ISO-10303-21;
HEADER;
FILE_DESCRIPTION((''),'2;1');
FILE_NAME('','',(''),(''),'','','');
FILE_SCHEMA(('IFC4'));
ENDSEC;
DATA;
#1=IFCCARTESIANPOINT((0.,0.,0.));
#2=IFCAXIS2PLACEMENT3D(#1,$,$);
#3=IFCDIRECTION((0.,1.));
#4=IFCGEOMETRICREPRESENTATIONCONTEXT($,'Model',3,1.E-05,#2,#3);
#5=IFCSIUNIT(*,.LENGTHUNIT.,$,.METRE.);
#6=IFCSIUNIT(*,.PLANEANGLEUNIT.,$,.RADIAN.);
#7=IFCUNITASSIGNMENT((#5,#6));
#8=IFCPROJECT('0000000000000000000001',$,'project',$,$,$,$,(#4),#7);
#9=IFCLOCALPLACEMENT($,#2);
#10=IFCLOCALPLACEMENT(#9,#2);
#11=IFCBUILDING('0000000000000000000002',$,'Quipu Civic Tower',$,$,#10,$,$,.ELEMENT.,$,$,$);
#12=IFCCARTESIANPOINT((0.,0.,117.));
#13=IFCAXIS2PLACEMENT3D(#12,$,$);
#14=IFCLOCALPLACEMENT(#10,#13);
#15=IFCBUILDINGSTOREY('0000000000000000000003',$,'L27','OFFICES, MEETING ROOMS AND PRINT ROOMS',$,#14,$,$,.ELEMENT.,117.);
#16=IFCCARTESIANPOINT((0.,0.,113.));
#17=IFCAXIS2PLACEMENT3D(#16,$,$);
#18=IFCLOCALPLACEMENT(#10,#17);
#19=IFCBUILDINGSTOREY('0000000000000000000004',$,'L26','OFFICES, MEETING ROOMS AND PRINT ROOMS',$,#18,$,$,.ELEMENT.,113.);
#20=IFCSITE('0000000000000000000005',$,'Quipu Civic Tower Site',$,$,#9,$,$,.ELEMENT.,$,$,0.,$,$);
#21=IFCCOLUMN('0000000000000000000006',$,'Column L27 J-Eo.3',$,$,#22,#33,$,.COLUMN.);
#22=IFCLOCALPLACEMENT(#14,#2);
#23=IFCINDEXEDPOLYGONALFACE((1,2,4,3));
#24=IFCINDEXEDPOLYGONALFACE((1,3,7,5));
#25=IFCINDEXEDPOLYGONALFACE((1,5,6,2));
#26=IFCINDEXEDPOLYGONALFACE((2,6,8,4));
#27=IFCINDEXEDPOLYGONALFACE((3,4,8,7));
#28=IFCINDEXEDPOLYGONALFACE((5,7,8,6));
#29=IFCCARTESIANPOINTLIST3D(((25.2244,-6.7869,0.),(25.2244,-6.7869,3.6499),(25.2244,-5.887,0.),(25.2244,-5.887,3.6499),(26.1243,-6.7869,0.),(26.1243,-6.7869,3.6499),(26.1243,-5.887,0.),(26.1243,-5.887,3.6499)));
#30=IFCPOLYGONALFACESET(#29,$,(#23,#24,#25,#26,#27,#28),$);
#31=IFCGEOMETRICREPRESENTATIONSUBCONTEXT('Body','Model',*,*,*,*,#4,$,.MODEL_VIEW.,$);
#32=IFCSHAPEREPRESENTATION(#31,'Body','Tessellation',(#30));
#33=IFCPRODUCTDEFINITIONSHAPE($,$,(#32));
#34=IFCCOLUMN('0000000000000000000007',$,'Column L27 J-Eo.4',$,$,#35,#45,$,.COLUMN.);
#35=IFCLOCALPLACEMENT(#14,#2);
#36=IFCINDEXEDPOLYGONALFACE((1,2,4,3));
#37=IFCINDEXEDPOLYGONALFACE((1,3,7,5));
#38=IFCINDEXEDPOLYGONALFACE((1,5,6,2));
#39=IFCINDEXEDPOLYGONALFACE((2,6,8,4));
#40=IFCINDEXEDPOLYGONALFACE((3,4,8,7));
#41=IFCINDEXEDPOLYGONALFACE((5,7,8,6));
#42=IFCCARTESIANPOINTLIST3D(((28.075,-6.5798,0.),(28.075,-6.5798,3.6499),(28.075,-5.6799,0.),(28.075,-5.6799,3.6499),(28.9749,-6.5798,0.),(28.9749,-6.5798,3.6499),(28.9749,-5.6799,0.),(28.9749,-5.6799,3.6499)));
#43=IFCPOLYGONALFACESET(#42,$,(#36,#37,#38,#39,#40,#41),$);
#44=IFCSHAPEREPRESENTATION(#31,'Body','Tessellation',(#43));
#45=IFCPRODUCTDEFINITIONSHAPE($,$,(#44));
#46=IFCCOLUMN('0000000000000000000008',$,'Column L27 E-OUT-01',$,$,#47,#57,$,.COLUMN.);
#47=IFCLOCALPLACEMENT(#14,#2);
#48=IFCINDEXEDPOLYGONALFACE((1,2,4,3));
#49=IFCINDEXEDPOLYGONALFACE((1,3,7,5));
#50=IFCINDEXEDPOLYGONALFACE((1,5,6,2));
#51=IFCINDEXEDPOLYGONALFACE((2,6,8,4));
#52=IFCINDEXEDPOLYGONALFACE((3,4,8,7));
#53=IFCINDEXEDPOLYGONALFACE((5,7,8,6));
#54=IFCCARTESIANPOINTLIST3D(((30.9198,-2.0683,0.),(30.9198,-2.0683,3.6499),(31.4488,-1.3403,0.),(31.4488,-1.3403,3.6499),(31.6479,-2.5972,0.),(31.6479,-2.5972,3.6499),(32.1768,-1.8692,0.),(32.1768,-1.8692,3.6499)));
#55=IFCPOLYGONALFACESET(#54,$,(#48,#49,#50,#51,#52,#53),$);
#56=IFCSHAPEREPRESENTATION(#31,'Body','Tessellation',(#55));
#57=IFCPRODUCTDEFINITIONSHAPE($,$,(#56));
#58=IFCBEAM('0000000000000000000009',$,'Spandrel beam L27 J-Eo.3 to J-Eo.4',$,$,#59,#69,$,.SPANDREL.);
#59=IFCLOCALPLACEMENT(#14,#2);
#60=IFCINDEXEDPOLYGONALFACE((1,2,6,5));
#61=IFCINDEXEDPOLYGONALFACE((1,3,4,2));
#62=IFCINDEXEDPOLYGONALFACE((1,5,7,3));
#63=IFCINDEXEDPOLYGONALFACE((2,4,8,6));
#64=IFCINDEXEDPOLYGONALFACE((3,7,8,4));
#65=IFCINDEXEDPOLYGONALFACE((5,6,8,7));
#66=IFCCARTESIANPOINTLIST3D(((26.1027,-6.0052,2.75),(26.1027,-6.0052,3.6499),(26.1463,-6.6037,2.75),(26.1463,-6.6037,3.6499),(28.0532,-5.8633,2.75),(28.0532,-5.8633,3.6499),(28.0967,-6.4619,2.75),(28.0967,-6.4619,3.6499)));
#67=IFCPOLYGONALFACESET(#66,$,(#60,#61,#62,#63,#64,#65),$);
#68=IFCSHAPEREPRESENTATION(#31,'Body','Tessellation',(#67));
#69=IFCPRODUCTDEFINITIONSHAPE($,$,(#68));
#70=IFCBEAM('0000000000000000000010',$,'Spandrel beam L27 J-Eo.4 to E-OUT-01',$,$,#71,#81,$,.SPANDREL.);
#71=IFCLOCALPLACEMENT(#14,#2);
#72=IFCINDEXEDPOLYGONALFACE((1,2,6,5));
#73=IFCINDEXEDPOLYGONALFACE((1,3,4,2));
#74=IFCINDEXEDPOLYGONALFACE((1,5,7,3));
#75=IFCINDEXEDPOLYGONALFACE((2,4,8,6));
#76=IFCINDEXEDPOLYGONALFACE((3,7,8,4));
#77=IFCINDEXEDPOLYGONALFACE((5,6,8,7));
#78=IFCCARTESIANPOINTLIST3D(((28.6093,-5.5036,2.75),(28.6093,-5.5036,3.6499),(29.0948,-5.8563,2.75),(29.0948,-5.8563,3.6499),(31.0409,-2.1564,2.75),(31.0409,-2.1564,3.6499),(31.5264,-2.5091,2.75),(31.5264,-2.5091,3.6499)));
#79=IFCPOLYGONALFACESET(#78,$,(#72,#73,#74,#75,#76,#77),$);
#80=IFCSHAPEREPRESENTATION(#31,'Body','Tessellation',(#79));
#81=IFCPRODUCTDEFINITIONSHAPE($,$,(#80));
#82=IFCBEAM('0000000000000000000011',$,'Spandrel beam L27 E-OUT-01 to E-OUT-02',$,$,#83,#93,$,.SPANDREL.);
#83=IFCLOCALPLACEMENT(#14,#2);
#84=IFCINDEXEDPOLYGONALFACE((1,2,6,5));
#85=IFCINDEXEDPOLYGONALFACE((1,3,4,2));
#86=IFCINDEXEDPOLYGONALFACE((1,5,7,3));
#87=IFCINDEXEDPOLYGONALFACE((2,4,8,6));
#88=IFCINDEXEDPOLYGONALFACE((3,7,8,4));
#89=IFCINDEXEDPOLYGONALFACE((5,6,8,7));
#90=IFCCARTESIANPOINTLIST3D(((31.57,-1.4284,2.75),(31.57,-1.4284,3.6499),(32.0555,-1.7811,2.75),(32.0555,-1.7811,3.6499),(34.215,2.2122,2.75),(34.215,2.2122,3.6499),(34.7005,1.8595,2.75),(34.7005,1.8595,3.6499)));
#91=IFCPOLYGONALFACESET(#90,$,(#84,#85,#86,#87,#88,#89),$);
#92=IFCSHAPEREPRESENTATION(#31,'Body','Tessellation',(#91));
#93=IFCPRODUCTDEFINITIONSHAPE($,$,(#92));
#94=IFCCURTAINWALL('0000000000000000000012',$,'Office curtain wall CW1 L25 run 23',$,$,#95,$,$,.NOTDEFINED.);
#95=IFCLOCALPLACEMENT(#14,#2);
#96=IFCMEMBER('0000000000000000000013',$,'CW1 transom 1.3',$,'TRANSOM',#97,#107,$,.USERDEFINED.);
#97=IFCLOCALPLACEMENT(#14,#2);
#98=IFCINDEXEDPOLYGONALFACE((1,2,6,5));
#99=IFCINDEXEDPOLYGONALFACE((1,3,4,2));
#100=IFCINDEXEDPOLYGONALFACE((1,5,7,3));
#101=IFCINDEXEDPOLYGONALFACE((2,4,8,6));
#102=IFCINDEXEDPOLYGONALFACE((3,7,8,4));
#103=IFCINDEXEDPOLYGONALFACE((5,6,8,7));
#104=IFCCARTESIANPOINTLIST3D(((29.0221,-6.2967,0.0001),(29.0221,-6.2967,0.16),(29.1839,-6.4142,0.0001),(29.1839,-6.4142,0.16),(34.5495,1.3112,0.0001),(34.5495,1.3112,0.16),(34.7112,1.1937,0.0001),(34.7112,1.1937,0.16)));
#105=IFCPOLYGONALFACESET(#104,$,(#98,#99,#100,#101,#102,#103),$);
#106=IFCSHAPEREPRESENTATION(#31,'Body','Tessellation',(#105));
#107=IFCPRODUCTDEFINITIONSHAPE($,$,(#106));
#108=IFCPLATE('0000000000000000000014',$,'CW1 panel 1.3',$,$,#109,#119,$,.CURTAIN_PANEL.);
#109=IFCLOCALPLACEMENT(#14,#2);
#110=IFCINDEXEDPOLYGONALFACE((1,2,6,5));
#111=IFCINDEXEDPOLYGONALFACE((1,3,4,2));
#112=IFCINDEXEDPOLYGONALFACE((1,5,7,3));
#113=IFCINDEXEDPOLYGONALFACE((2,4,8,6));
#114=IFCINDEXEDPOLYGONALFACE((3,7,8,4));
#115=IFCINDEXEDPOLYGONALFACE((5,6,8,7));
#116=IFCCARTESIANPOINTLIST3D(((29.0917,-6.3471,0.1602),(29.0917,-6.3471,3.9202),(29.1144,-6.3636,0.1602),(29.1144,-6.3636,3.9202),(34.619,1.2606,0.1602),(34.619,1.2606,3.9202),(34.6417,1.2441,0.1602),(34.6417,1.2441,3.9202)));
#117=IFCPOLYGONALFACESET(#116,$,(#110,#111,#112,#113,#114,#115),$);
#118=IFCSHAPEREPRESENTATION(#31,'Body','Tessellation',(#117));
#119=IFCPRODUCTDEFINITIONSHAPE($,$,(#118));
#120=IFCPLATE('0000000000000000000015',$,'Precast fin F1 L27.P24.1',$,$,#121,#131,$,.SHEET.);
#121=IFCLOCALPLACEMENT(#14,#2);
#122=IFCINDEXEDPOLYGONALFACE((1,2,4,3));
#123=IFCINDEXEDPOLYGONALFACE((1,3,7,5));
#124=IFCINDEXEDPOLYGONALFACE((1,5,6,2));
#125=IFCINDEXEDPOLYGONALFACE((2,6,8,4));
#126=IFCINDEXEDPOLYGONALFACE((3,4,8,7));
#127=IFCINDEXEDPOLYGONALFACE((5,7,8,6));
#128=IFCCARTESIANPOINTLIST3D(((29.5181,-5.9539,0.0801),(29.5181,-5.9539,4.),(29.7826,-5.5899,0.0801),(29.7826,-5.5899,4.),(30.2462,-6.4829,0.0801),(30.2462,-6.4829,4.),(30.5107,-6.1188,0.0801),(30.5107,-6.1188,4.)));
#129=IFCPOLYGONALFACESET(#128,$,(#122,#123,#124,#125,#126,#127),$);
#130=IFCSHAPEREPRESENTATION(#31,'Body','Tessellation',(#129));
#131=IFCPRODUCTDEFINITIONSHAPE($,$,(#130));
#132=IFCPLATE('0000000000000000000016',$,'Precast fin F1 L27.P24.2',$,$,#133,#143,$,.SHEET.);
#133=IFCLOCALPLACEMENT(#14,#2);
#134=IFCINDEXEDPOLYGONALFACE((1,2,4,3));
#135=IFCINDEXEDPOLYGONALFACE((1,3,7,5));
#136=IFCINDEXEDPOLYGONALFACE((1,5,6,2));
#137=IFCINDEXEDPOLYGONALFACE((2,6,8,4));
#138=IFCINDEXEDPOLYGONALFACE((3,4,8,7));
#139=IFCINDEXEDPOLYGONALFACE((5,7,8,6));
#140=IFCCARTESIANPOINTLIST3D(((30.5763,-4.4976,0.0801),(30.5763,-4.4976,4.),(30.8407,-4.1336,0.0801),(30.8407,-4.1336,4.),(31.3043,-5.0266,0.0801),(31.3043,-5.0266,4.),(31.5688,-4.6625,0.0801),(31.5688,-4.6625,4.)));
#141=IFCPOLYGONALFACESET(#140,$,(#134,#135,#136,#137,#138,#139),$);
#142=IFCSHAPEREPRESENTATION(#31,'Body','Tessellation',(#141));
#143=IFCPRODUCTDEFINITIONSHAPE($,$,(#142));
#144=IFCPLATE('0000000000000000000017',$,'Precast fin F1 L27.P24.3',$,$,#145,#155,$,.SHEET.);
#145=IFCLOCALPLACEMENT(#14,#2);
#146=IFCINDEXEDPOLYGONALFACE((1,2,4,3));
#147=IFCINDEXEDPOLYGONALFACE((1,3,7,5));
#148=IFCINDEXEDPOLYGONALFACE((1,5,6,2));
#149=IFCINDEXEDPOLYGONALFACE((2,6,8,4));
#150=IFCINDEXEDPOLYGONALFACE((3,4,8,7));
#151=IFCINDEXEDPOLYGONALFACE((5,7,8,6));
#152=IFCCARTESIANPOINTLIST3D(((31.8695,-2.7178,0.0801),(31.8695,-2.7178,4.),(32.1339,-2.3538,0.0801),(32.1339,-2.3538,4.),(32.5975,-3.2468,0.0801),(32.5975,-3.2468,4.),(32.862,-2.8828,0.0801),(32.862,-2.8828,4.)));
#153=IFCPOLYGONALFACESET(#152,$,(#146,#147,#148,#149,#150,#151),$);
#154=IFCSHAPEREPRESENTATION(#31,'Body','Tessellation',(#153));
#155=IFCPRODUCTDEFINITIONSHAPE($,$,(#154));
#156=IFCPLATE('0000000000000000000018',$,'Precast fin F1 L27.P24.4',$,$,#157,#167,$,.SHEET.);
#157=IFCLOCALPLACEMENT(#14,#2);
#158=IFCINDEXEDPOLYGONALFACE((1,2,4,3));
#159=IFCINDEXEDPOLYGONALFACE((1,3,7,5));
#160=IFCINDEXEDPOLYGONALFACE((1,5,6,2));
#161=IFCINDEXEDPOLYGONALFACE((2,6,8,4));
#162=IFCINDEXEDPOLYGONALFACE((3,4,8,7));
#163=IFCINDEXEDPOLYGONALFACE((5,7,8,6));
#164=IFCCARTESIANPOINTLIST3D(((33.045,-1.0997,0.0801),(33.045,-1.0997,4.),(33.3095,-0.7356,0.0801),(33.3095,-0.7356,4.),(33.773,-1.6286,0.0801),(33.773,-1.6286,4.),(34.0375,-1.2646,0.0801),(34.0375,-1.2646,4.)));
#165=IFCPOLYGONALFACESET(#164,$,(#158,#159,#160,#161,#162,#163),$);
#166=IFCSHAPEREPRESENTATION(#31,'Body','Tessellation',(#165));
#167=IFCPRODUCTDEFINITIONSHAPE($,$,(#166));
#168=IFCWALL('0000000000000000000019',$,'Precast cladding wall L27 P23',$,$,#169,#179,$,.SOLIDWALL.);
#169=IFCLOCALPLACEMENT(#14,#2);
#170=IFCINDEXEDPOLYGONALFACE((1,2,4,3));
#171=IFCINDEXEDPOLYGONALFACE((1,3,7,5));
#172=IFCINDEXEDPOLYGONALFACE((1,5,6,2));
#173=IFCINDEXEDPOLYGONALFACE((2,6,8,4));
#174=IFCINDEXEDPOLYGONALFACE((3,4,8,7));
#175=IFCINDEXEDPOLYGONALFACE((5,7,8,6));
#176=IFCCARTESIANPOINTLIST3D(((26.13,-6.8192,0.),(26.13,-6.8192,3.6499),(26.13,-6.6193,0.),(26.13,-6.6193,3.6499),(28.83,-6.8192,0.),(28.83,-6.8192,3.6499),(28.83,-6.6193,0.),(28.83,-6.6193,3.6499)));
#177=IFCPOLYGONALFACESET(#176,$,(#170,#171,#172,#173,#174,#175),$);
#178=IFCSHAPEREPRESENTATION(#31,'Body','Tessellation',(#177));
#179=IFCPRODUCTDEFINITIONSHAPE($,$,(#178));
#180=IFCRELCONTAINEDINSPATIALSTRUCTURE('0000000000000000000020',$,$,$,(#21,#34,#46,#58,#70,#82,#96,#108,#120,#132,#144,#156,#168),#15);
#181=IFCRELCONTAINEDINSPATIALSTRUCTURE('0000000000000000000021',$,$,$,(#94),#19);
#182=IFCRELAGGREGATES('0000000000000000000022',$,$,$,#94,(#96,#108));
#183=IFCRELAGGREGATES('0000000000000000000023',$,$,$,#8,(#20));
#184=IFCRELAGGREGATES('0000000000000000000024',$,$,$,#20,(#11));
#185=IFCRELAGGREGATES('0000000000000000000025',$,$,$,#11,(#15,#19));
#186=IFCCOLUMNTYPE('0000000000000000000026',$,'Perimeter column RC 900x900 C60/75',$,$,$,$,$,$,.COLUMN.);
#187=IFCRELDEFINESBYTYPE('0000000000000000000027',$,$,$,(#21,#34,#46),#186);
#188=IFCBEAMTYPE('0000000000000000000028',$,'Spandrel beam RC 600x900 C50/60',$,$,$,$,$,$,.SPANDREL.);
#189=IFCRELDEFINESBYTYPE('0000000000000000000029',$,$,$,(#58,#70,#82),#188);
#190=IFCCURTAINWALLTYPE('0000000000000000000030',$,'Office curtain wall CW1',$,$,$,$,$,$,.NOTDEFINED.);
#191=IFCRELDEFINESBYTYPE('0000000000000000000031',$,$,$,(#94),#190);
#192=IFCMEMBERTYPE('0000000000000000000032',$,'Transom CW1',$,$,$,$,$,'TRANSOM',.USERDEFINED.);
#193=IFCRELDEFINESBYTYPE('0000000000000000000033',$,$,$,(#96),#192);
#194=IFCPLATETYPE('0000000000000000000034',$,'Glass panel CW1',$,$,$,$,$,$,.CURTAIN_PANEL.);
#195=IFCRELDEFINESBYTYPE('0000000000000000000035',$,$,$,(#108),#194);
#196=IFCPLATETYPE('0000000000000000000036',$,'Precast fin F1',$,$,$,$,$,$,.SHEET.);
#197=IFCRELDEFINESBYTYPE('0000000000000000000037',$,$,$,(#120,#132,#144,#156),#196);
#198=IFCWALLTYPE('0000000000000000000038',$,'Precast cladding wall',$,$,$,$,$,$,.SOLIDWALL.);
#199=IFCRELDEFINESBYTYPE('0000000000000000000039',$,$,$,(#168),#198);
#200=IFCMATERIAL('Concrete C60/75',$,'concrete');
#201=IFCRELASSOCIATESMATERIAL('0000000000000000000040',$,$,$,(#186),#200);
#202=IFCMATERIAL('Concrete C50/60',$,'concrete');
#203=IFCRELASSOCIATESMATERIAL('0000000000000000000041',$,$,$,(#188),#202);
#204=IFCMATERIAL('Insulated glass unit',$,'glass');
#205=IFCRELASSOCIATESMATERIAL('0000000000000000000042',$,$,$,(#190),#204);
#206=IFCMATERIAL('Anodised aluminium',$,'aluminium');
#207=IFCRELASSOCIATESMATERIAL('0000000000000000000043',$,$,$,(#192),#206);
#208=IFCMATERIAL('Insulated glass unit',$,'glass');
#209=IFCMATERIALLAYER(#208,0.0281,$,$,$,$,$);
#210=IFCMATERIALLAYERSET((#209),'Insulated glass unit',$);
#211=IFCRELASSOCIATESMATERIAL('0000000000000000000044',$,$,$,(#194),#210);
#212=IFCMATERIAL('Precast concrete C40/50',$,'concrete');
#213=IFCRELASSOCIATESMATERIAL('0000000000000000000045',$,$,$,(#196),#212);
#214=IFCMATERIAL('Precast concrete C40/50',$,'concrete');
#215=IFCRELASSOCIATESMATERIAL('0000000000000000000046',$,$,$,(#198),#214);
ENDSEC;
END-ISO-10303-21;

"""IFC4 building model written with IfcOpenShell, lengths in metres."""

from ifc_helpers import new_model, si_unit, direction, frame, frame_2d, origin, origin_2d, place, context, subcontext, project, spatial, rectangle, extrude, material, layer, layer_set, material_profile, profile_set, type_object, element, aggregate, save


model = new_model("IFC4")

# Units and contexts
model_context = context("Model", 3, precision=1e-05, world=origin(), true_north=direction((0.0, 1.0)))
body_context = subcontext(model_context, "Body", "Model", "MODEL_VIEW")
ifc_project = project(units=[si_unit("LENGTHUNIT", "METRE"), si_unit("PLANEANGLEUNIT", "RADIAN")], contexts=[model_context])

# Site, building, storey
site_placement = place(None, origin())
site = spatial("IfcSite", under=ifc_project, at=site_placement, Name="Quipu Civic Tower Site", CompositionType="ELEMENT", RefElevation=0.0)
building_placement = place(site_placement, origin())
building = spatial("IfcBuilding", under=site, at=building_placement, Name="Quipu Civic Tower", CompositionType="ELEMENT")
storey_1_placement = place(building_placement, frame((0.0, 0.0, 117.0)))
storey_1 = spatial("IfcBuildingStorey", under=building, at=storey_1_placement, Name="L27", Description="OFFICES, MEETING ROOMS AND PRINT ROOMS", CompositionType="ELEMENT", Elevation=117.0)

# Columns
ifc_material_1 = material(Name="Concrete C60/75", Category="concrete")
ifc_material_profile_1 = material_profile(ifc_material_1, rectangle(XDim=0.8999, YDim=0.8999, at=origin_2d()), Name="RC900x900")
ifc_profile_set_1 = profile_set([ifc_material_profile_1], Name="Concrete C60/75")
column_type = type_object("IfcColumnType", Name="Perimeter column RC 900x900 C60/75", PredefinedType="COLUMN", material=ifc_profile_set_1)
for number, where, z_axis, x_axis, name in (
    (1, (25.6743, -6.3369, 0.0), (0.0, 0.0, 1.0), (1.0, 0.0, 0.0), "Column L27 J-Eo.3"),
    (2, (28.5249, -6.1299, 0.0), (0.0, 0.0, 1.0), (1.0, 0.0, 0.0), "Column L27 J-Eo.4"),
    (3, (31.5483, -1.9688, 0.0), (0.0, 0.0, 1.0), (0.587785, 0.809017, 0.0), "Column L27 E-OUT-01"),
):
    element("IfcColumn", number, at=place(storey_1_placement, frame(where, z_axis=z_axis, x_axis=x_axis)), inside=storey_1, type_object=column_type, Name=name, PredefinedType="COLUMN", context=body_context, shape_type="SweptSolid", body=[
        extrude(rectangle(XDim=0.8999, YDim=0.8999, at=origin_2d()), origin(), (0.0, 0.0, 1.0), 3.6499),
    ])

# Beams
ifc_material_2 = material(Name="Concrete C50/60", Category="concrete")
ifc_material_profile_2 = material_profile(ifc_material_2, rectangle(XDim=0.6001, YDim=0.8999, at=origin_2d()), Name="RC600x900")
ifc_profile_set_2 = profile_set([ifc_material_profile_2], Name="Concrete C50/60")
beam_type = type_object("IfcBeamType", Name="Spandrel beam RC 600x900 C50/60", PredefinedType="SPANDREL", material=ifc_profile_set_2)
beam_1_placement = place(storey_1_placement, frame((26.1245, -6.3044, 3.2), z_axis=(0.997366, 0.072533, 0.0), x_axis=(-0.072533, 0.997366, 0.0)))
element("IfcBeam", 4, at=beam_1_placement, inside=storey_1, type_object=beam_type, Name="Spandrel beam L27 J-Eo.3 to J-Eo.4", PredefinedType="SPANDREL", context=body_context, shape_type="SweptSolid", body=[
    extrude(rectangle(XDim=0.6001, YDim=0.8999, at=origin_2d()), origin(), (0.0, 0.0, 1.0), 1.9556),
])
beam_2_placement = place(storey_1_placement, frame((28.8521, -5.6799, 3.2), z_axis=(0.587751, 0.809042, 0.0), x_axis=(-0.809042, 0.587751, 0.0)))
element("IfcBeam", 5, at=beam_2_placement, inside=storey_1, type_object=beam_type, Name="Spandrel beam L27 J-Eo.4 to E-OUT-01", PredefinedType="SPANDREL", context=body_context, shape_type="SweptSolid", body=[
    extrude(rectangle(XDim=0.6001, YDim=0.8999, at=origin_2d()), origin(), (0.0, 0.0, 1.0), 4.1372),
])
beam_3_placement = place(storey_1_placement, frame((31.8127, -1.6047, 3.2), z_axis=(0.587778, 0.809022, 0.0), x_axis=(-0.809022, 0.587778, 0.0)))
element("IfcBeam", 6, at=beam_3_placement, inside=storey_1, type_object=beam_type, Name="Spandrel beam L27 E-OUT-01 to E-OUT-02", PredefinedType="SPANDREL", context=body_context, shape_type="SweptSolid", body=[
    extrude(rectangle(XDim=0.6001, YDim=0.8999, at=origin_2d()), origin(), (0.0, 0.0, 1.0), 4.5),
])

# Shared definitions
storey_2_placement = place(building_placement, frame((0.0, 0.0, 113.0)))
storey_2 = spatial("IfcBuildingStorey", under=building, at=storey_2_placement, Name="L26", Description="OFFICES, MEETING ROOMS AND PRINT ROOMS", CompositionType="ELEMENT", Elevation=113.0)

# Curtain wall, member, plate
ifc_material_3 = material(Name="Insulated glass unit", Category="glass")
curtain_wall_type = type_object("IfcCurtainWallType", Name="Office curtain wall CW1", PredefinedType="NOTDEFINED", material=ifc_material_3)
curtain_wall_placement = place(storey_2_placement, origin())
curtain_wall = element("IfcCurtainWall", 7, at=curtain_wall_placement, inside=storey_2, type_object=curtain_wall_type, Name="Office curtain wall CW1 L25 run 23", PredefinedType="NOTDEFINED")
ifc_material_4 = material(Name="Anodised aluminium", Category="aluminium")
ifc_material_profile_3 = material_profile(ifc_material_4, rectangle(XDim=0.2, YDim=0.1599, at=origin_2d()), Name="RECT 200x160")
ifc_profile_set_3 = profile_set([ifc_material_profile_3], Name="Anodised aluminium")
member_type = type_object("IfcMemberType", Name="Transom CW1", ElementType="TRANSOM", PredefinedType="USERDEFINED", material=ifc_profile_set_3)
member_placement = place(storey_1_placement, frame((29.103, -6.3555, 0.0801), z_axis=(0.587776, 0.809023, 0.0), x_axis=(-0.809023, 0.587776, 0.0)))
member = element("IfcMember", 8, at=member_placement, inside=storey_1, type_object=member_type, Name="CW1 transom 1.3", ObjectType="TRANSOM", PredefinedType="USERDEFINED", context=body_context, shape_type="SweptSolid", body=[
    extrude(rectangle(XDim=0.2, YDim=0.1599, at=origin_2d()), origin(), (0.0, 0.0, 1.0), 9.4038),
])
ifc_material_5 = material(Name="Insulated glass unit", Category="glass")
ifc_layer = layer(ifc_material_5, 0.0281)
ifc_layer_set = layer_set([ifc_layer], Name="Insulated glass unit")
plate_type_1 = type_object("IfcPlateType", Name="Glass panel CW1", PredefinedType="CURTAIN_PANEL", material=ifc_layer_set)
plate_placement = place(storey_1_placement, frame((31.8667, -2.5515, 0.1602), z_axis=(0.0, 0.0, 1.0), x_axis=(0.587785, 0.809017, 0.0)))
plate = element("IfcPlate", 9, at=plate_placement, inside=storey_1, type_object=plate_type_1, Name="CW1 panel 1.3", PredefinedType="CURTAIN_PANEL", context=body_context, shape_type="SweptSolid", body=[
    extrude(rectangle(XDim=9.4036, YDim=0.0281, at=origin_2d()), origin(), (0.0, 0.0, 1.0), 3.76),
])
aggregate(curtain_wall, [member, plate])

# Plates
ifc_material_6 = material(Name="Precast concrete C40/50", Category="concrete")
plate_type_2 = type_object("IfcPlateType", Name="Precast fin F1", PredefinedType="SHEET", material=ifc_material_6)
for number, where, z_axis, x_axis, name in (
    (10, (30.0144, -6.0364, 0.0801), (0.0, 0.0, 1.0), (0.587786, 0.809017, 0.0), "Precast fin F1 L27.P24.1"),
    (11, (31.0725, -4.5801, 0.0801), (0.0, 0.0, 1.0), (0.587786, 0.809017, 0.0), "Precast fin F1 L27.P24.2"),
    (12, (32.3657, -2.8003, 0.0801), (0.0, 0.0, 1.0), (0.587786, 0.809017, 0.0), "Precast fin F1 L27.P24.3"),
    (13, (33.5413, -1.1821, 0.0801), (0.0, 0.0, 1.0), (0.587786, 0.809017, 0.0), "Precast fin F1 L27.P24.4"),
):
    element("IfcPlate", number, at=place(storey_1_placement, frame(where, z_axis=z_axis, x_axis=x_axis)), inside=storey_1, type_object=plate_type_2, Name=name, PredefinedType="SHEET", context=body_context, shape_type="SweptSolid", body=[
        extrude(rectangle(XDim=0.45, YDim=0.8999, at=origin_2d()), origin(), (0.0, 0.0, 1.0), 3.9199),
    ])

# Wall
ifc_material_7 = material(Name="Precast concrete C40/50", Category="concrete")
wall_type = type_object("IfcWallType", Name="Precast cladding wall", PredefinedType="SOLIDWALL", material=ifc_material_7)
wall_placement = place(storey_1_placement, frame((26.1299, -6.7192, 0.0), z_axis=(0.0, 0.0, 1.0), x_axis=(1.0, 0.0, 0.0)))
element("IfcWall", 14, at=wall_placement, inside=storey_1, type_object=wall_type, Name="Precast cladding wall L27 P23", PredefinedType="SOLIDWALL", context=body_context, shape_type="SweptSolid", body=[
    extrude(rectangle(XDim=2.7, YDim=0.2, at=frame_2d((1.3501, 0.0))), origin(), (0.0, 0.0, 1.0), 3.6499),
])

save(model, "model.ifc")
